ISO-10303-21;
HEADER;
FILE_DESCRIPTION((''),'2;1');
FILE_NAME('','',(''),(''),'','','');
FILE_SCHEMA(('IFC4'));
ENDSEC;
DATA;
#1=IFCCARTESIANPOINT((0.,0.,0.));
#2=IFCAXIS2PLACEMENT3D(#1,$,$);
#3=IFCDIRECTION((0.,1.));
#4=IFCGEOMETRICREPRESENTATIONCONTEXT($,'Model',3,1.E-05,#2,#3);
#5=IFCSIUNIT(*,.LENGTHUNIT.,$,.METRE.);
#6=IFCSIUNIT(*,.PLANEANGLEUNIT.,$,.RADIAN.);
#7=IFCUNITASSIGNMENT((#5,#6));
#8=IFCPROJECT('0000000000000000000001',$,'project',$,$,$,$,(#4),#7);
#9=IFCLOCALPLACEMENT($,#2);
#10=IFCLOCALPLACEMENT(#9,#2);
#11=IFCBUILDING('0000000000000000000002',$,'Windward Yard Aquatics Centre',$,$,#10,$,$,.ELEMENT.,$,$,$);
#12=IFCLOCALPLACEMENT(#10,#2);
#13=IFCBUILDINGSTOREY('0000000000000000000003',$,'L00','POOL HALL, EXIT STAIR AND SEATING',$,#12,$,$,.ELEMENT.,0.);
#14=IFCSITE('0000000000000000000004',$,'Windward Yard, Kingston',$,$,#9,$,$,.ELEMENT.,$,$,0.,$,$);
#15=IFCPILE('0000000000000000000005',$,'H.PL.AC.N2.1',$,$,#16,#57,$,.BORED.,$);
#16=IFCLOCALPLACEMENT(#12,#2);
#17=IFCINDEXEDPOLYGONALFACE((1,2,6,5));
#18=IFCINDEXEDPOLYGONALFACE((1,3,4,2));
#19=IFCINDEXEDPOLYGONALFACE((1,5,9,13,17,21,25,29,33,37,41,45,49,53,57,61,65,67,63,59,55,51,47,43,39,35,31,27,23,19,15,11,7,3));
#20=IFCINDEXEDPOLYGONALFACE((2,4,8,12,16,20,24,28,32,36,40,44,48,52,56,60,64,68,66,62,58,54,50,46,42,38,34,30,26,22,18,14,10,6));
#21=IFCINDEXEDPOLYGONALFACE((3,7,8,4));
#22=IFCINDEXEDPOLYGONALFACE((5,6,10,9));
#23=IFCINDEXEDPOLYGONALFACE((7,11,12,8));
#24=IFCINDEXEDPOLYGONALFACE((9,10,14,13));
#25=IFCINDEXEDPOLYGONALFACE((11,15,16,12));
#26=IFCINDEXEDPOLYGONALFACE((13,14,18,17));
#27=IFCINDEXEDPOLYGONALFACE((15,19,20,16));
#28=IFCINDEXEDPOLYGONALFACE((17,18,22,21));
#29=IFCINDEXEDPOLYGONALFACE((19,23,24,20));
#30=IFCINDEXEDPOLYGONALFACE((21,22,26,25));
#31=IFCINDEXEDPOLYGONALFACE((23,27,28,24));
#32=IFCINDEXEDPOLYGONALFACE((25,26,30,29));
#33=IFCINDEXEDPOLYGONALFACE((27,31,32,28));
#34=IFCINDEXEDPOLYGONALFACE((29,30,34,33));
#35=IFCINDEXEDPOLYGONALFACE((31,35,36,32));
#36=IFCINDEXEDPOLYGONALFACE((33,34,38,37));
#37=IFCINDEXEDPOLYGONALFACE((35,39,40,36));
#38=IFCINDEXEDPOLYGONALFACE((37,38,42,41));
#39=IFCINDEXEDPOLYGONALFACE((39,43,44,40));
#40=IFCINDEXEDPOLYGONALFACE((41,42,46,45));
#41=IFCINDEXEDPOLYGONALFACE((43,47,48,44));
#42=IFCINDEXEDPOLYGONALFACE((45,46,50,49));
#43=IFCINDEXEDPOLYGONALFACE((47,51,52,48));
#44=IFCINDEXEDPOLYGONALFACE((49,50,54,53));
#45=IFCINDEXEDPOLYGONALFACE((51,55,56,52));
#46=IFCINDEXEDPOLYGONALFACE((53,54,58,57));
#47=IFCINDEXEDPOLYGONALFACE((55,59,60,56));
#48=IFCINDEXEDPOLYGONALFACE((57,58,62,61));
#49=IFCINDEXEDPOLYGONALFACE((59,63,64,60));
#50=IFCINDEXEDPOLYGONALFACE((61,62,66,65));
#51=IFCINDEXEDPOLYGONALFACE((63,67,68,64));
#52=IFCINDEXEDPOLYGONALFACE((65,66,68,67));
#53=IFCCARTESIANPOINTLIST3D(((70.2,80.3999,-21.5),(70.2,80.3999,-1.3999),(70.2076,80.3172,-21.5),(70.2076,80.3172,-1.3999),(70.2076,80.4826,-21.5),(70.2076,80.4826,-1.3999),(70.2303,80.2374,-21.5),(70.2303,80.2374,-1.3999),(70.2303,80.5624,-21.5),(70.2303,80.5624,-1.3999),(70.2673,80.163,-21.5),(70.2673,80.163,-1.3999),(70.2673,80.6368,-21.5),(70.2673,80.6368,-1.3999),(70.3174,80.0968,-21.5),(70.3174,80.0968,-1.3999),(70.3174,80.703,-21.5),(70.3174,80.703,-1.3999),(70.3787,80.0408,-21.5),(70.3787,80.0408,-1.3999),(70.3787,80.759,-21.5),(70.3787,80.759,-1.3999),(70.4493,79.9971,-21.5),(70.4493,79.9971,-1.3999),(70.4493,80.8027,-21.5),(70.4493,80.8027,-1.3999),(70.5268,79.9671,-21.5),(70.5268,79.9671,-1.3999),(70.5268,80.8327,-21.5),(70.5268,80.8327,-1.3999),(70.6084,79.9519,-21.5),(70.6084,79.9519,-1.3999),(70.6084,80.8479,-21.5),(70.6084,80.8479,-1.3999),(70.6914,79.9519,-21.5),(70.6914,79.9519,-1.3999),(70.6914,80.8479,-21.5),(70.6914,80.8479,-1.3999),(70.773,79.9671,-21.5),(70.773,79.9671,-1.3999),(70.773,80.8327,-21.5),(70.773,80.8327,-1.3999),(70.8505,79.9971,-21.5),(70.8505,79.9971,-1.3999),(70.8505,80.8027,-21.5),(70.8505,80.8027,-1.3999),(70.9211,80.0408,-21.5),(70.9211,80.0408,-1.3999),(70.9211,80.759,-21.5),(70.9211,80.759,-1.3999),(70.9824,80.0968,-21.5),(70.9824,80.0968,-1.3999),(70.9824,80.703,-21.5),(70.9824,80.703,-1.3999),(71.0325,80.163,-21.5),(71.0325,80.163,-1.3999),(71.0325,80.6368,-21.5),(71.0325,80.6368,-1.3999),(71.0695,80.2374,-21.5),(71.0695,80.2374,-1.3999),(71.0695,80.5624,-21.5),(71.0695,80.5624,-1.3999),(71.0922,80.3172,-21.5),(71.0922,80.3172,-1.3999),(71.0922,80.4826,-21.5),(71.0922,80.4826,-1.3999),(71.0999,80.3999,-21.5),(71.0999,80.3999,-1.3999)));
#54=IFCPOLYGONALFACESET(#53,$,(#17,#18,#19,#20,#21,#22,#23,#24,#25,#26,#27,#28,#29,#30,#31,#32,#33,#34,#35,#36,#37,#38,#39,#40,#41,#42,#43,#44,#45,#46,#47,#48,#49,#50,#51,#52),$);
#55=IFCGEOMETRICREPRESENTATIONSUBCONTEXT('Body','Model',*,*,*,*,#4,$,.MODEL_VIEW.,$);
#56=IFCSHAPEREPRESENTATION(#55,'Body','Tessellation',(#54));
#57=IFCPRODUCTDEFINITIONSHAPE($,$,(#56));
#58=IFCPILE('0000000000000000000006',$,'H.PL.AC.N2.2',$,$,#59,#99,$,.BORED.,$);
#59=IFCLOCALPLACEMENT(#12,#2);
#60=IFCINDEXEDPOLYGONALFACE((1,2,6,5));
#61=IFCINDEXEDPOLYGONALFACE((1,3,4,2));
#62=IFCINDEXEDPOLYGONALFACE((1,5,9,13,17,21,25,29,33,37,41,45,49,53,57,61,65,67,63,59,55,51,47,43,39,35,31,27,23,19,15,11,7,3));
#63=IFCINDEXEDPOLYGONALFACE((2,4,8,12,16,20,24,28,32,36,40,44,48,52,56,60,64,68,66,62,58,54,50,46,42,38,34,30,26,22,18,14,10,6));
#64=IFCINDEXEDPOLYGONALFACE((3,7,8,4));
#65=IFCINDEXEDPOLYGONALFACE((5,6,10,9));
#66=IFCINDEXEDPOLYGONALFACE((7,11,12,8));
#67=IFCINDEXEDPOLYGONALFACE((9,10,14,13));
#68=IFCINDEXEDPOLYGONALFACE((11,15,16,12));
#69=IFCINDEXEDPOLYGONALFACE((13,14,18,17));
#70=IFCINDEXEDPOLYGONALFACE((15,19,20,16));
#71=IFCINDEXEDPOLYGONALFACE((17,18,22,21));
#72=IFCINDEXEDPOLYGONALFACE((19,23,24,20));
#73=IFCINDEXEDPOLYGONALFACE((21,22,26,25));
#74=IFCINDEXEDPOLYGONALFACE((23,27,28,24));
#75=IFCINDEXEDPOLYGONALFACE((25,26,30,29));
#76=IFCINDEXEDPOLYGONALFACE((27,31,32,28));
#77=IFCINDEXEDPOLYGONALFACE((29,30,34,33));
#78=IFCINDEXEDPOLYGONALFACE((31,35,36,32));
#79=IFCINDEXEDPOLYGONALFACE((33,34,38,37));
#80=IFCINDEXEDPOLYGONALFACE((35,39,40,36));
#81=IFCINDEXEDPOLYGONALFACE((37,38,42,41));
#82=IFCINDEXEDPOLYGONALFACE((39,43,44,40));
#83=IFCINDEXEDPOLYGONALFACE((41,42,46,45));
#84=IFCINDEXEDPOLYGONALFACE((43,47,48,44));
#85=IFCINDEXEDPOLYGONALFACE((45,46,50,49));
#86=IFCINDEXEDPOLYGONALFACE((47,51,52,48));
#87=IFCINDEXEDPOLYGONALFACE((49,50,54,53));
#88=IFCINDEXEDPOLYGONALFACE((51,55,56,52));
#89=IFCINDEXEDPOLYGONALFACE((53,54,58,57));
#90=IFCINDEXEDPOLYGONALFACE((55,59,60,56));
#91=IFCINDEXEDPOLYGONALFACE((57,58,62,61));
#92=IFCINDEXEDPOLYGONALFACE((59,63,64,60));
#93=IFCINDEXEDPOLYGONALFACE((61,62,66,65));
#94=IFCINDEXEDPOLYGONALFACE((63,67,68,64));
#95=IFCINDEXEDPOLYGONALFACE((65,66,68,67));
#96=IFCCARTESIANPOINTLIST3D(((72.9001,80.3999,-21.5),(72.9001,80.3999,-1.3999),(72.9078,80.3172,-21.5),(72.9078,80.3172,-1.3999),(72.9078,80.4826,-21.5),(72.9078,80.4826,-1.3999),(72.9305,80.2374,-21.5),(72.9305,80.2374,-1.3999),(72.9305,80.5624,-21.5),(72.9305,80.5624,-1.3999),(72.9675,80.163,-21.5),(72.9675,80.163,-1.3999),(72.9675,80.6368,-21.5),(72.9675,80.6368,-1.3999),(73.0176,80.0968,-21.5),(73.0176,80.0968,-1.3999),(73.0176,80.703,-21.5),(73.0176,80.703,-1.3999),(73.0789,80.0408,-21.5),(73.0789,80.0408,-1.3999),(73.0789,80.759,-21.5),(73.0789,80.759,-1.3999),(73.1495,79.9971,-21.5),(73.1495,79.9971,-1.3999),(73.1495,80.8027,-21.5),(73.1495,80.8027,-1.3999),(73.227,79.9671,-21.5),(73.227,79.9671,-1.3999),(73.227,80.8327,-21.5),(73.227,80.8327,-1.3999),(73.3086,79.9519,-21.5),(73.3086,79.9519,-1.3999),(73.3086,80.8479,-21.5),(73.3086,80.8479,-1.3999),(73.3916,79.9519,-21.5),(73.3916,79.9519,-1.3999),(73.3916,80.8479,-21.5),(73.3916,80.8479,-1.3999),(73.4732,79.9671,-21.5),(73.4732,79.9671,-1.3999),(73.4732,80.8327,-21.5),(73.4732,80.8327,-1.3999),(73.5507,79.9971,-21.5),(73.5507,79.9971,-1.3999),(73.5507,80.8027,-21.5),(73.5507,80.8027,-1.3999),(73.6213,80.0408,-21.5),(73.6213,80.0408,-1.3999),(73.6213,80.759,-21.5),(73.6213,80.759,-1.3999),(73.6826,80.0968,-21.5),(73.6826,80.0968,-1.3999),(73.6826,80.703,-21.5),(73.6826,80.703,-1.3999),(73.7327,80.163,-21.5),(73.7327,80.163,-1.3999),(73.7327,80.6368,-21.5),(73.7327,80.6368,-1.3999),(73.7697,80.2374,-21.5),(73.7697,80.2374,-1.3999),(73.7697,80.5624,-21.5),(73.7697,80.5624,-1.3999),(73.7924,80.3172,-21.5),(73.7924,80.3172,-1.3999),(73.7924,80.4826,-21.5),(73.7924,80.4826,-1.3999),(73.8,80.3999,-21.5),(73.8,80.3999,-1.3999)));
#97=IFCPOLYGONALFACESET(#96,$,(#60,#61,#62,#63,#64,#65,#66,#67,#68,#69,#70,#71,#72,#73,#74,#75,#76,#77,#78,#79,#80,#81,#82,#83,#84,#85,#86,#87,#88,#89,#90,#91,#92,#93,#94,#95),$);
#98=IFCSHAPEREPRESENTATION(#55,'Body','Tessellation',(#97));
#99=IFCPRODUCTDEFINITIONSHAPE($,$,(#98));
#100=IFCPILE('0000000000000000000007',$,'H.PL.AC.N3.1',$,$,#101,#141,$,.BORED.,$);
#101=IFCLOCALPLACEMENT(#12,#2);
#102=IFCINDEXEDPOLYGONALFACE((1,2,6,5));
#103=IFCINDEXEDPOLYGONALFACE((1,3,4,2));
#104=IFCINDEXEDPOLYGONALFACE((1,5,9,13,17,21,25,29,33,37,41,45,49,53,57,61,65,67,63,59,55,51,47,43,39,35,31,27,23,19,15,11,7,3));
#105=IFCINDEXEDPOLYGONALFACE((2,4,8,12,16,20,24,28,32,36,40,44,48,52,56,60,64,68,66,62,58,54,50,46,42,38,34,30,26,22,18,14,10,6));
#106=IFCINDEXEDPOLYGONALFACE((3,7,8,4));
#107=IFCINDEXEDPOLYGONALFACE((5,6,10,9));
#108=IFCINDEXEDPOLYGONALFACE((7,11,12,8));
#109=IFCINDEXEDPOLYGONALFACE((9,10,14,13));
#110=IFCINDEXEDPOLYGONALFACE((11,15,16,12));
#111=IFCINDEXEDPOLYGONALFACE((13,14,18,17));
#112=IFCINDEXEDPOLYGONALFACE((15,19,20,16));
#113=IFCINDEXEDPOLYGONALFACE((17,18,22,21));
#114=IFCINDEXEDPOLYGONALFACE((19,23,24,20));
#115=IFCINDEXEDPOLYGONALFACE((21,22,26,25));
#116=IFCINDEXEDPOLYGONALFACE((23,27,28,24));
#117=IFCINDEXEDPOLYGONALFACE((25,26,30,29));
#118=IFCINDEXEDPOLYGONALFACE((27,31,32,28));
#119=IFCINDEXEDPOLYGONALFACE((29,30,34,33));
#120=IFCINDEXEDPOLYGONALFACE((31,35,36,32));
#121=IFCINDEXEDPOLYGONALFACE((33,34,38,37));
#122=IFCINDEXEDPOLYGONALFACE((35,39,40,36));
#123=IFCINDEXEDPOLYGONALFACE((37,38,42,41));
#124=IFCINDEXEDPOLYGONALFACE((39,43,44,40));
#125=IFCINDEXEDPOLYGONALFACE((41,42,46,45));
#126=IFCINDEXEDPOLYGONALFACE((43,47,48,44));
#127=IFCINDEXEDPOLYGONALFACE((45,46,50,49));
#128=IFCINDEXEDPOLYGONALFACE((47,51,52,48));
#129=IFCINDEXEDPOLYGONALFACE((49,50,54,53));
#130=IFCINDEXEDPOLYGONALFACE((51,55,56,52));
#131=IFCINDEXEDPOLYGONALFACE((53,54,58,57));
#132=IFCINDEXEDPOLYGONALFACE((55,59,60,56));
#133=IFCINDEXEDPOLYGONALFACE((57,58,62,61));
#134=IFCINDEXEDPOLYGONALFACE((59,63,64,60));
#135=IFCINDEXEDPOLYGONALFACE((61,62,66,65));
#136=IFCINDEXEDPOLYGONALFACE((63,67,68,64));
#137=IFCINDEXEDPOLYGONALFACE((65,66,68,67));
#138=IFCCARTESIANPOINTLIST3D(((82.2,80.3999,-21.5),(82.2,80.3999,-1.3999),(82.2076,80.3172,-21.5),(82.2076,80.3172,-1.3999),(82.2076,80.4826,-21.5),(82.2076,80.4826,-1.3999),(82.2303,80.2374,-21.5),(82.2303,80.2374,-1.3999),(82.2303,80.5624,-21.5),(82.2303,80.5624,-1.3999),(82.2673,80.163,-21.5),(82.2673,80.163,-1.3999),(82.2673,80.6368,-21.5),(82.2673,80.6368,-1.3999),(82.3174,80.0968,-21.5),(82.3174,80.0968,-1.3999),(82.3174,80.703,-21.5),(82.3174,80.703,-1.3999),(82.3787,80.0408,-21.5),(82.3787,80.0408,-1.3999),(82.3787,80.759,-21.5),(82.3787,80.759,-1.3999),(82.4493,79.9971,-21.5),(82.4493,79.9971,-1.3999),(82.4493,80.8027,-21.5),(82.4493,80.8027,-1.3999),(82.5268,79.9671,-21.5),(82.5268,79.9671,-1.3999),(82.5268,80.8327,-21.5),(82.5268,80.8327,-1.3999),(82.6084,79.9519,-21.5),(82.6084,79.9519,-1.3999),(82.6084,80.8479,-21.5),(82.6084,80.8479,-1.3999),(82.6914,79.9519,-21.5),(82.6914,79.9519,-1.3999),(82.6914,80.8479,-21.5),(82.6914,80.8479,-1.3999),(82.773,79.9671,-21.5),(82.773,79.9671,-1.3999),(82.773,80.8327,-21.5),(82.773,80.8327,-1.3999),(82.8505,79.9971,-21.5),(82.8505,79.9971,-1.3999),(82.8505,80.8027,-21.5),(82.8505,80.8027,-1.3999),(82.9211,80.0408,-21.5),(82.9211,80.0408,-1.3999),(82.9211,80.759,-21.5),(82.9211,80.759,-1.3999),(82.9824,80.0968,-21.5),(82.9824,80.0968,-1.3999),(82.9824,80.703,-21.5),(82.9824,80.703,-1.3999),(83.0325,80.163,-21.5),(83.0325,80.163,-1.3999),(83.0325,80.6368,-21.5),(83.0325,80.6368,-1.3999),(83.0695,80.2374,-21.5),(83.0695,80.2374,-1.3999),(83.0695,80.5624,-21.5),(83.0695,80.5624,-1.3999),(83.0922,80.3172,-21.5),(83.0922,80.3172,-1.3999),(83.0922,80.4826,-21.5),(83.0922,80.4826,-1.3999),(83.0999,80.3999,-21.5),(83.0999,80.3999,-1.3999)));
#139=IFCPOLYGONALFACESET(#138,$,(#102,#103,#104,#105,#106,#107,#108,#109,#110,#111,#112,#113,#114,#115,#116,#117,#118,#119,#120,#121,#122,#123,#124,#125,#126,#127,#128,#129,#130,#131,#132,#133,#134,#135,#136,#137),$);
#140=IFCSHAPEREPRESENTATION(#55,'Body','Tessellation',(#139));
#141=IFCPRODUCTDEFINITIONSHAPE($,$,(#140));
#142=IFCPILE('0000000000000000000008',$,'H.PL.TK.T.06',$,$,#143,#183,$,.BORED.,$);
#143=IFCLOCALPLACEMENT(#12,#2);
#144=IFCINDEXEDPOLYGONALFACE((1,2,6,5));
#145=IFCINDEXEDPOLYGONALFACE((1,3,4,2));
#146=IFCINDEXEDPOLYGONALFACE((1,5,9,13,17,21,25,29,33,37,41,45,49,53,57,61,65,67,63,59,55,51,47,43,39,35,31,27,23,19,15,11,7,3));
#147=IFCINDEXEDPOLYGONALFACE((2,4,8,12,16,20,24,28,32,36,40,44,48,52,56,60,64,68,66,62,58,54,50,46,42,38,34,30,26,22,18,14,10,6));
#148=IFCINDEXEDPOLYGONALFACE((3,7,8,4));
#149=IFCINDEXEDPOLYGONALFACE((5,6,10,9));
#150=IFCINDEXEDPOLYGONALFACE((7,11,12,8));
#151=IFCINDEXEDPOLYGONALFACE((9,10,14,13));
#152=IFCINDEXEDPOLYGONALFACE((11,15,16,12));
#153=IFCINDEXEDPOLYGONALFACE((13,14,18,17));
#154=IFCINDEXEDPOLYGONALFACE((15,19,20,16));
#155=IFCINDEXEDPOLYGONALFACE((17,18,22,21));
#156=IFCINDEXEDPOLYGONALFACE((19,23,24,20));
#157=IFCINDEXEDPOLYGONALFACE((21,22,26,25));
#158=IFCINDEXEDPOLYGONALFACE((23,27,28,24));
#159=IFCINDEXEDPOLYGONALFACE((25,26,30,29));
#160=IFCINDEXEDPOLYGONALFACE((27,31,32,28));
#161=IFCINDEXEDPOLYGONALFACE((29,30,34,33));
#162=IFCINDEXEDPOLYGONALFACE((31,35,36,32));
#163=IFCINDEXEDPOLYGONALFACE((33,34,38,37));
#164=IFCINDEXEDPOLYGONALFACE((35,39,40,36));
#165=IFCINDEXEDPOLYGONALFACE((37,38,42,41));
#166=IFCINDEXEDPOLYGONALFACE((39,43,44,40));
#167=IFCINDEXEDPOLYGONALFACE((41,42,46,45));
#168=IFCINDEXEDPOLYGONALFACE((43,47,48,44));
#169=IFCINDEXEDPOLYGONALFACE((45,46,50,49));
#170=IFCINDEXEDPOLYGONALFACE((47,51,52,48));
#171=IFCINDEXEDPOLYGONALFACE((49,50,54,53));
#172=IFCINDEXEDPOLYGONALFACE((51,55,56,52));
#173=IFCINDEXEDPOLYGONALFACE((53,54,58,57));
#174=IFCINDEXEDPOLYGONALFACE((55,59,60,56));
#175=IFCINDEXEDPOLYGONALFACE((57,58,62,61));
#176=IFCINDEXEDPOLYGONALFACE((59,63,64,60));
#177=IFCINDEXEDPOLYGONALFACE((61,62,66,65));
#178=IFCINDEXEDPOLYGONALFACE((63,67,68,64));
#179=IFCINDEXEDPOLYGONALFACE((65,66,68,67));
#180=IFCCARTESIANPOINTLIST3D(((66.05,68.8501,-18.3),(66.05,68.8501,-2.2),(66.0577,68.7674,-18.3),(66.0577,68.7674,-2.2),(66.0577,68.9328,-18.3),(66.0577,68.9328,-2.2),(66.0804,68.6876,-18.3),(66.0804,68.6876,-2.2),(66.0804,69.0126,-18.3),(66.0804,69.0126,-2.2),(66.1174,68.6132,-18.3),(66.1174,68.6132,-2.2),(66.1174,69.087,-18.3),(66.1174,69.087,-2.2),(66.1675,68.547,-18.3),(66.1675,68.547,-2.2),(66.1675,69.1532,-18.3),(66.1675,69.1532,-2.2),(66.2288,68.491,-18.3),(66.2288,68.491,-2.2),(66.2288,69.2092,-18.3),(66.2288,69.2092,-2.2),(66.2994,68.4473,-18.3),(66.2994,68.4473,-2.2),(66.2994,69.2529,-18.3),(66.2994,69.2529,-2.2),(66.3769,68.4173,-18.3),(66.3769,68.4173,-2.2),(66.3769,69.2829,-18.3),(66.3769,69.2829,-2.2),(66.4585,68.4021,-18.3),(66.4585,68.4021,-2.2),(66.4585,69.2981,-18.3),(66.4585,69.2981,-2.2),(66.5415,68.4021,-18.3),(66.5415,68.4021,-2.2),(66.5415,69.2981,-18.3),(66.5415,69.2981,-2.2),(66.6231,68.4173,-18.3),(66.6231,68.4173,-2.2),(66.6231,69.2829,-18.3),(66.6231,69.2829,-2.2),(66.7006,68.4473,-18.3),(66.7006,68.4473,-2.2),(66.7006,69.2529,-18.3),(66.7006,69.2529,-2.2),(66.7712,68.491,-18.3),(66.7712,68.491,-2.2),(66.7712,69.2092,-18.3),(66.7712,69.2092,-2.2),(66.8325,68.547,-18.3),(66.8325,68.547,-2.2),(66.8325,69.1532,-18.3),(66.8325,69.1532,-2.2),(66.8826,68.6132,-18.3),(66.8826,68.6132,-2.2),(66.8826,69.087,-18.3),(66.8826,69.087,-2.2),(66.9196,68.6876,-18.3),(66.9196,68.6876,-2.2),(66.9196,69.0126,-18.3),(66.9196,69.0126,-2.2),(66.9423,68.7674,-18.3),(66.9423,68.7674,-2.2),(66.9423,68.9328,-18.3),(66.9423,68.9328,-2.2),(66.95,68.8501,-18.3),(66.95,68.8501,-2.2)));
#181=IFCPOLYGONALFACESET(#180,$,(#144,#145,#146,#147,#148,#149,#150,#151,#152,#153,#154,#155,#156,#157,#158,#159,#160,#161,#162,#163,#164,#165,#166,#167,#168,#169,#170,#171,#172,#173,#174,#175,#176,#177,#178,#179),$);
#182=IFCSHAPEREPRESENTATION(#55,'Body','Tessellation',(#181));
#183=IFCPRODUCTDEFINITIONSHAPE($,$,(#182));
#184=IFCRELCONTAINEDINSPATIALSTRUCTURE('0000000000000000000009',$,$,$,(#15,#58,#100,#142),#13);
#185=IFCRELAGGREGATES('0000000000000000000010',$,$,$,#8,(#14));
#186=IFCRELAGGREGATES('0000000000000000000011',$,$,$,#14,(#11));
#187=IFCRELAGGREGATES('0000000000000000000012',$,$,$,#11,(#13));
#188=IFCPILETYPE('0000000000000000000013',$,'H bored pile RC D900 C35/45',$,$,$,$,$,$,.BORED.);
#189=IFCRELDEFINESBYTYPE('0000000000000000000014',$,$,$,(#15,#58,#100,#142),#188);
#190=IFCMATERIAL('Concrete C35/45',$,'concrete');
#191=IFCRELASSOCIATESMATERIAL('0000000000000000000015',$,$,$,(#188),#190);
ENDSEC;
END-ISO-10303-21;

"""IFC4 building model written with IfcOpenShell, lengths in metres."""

from ifc_helpers import new_model, si_unit, direction, frame, origin, origin_2d, place, context, subcontext, project, spatial, circle, extrude, material, material_profile, profile_set, type_object, element, save


model = new_model("IFC4")

# Units and contexts
model_context = context("Model", 3, precision=1e-05, world=origin(), true_north=direction((0.0, 1.0)))
body_context = subcontext(model_context, "Body", "Model", "MODEL_VIEW")
ifc_project = project(units=[si_unit("LENGTHUNIT", "METRE"), si_unit("PLANEANGLEUNIT", "RADIAN")], contexts=[model_context])

# Site, building, storey
site_placement = place(None, origin())
site = spatial("IfcSite", under=ifc_project, at=site_placement, Name="Windward Yard, Kingston", CompositionType="ELEMENT", RefElevation=0.0)
building_placement = place(site_placement, origin())
building = spatial("IfcBuilding", under=site, at=building_placement, Name="Windward Yard Aquatics Centre", CompositionType="ELEMENT")
storey_placement = place(building_placement, origin())
storey = spatial("IfcBuildingStorey", under=building, at=storey_placement, Name="L00", Description="POOL HALL, EXIT STAIR AND SEATING", CompositionType="ELEMENT", Elevation=0.0)

# Piles
ifc_material_1 = material(Name="Concrete C35/45", Category="concrete")
ifc_material_profile_1 = material_profile(ifc_material_1, circle(Radius=0.45, at=origin_2d()), Name="RC D900")
ifc_profile_set_1 = profile_set([ifc_material_profile_1], Name="Concrete C35/45")
pile_type = type_object("IfcPileType", Name="H bored pile RC D900 C35/45", PredefinedType="BORED", material=ifc_profile_set_1)
for number, where, z_axis, x_axis, name in (
    (1, (70.6499, 80.3999, -1.3999), (0.0, 0.0, -1.0), (1.0, 0.0, 0.0), "H.PL.AC.N2.1"),
    (2, (73.3501, 80.3999, -1.3999), (0.0, 0.0, -1.0), (1.0, 0.0, 0.0), "H.PL.AC.N2.2"),
    (3, (82.6499, 80.3999, -1.3999), (0.0, 0.0, -1.0), (1.0, 0.0, 0.0), "H.PL.AC.N3.1"),
):
    element("IfcPile", number, at=place(storey_placement, frame(where, z_axis=z_axis, x_axis=x_axis)), inside=storey, type_object=pile_type, Name=name, PredefinedType="BORED", context=body_context, shape_type="SweptSolid", body=[
        extrude(circle(Radius=0.45, at=origin_2d()), origin(), (0.0, 0.0, 1.0), 20.1001),
    ])
for number, where, z_axis, x_axis, name in (
    (4, (66.5, 68.8501, -2.2), (0.0, 0.0, -1.0), (1.0, 0.0, 0.0), "H.PL.TK.T.06"),
):
    element("IfcPile", number, at=place(storey_placement, frame(where, z_axis=z_axis, x_axis=x_axis)), inside=storey, type_object=pile_type, Name=name, PredefinedType="BORED", context=body_context, shape_type="SweptSolid", body=[
        extrude(circle(Radius=0.45, at=origin_2d()), origin(), (0.0, 0.0, 1.0), 16.1001),
    ])

save(model, "model.ifc")
